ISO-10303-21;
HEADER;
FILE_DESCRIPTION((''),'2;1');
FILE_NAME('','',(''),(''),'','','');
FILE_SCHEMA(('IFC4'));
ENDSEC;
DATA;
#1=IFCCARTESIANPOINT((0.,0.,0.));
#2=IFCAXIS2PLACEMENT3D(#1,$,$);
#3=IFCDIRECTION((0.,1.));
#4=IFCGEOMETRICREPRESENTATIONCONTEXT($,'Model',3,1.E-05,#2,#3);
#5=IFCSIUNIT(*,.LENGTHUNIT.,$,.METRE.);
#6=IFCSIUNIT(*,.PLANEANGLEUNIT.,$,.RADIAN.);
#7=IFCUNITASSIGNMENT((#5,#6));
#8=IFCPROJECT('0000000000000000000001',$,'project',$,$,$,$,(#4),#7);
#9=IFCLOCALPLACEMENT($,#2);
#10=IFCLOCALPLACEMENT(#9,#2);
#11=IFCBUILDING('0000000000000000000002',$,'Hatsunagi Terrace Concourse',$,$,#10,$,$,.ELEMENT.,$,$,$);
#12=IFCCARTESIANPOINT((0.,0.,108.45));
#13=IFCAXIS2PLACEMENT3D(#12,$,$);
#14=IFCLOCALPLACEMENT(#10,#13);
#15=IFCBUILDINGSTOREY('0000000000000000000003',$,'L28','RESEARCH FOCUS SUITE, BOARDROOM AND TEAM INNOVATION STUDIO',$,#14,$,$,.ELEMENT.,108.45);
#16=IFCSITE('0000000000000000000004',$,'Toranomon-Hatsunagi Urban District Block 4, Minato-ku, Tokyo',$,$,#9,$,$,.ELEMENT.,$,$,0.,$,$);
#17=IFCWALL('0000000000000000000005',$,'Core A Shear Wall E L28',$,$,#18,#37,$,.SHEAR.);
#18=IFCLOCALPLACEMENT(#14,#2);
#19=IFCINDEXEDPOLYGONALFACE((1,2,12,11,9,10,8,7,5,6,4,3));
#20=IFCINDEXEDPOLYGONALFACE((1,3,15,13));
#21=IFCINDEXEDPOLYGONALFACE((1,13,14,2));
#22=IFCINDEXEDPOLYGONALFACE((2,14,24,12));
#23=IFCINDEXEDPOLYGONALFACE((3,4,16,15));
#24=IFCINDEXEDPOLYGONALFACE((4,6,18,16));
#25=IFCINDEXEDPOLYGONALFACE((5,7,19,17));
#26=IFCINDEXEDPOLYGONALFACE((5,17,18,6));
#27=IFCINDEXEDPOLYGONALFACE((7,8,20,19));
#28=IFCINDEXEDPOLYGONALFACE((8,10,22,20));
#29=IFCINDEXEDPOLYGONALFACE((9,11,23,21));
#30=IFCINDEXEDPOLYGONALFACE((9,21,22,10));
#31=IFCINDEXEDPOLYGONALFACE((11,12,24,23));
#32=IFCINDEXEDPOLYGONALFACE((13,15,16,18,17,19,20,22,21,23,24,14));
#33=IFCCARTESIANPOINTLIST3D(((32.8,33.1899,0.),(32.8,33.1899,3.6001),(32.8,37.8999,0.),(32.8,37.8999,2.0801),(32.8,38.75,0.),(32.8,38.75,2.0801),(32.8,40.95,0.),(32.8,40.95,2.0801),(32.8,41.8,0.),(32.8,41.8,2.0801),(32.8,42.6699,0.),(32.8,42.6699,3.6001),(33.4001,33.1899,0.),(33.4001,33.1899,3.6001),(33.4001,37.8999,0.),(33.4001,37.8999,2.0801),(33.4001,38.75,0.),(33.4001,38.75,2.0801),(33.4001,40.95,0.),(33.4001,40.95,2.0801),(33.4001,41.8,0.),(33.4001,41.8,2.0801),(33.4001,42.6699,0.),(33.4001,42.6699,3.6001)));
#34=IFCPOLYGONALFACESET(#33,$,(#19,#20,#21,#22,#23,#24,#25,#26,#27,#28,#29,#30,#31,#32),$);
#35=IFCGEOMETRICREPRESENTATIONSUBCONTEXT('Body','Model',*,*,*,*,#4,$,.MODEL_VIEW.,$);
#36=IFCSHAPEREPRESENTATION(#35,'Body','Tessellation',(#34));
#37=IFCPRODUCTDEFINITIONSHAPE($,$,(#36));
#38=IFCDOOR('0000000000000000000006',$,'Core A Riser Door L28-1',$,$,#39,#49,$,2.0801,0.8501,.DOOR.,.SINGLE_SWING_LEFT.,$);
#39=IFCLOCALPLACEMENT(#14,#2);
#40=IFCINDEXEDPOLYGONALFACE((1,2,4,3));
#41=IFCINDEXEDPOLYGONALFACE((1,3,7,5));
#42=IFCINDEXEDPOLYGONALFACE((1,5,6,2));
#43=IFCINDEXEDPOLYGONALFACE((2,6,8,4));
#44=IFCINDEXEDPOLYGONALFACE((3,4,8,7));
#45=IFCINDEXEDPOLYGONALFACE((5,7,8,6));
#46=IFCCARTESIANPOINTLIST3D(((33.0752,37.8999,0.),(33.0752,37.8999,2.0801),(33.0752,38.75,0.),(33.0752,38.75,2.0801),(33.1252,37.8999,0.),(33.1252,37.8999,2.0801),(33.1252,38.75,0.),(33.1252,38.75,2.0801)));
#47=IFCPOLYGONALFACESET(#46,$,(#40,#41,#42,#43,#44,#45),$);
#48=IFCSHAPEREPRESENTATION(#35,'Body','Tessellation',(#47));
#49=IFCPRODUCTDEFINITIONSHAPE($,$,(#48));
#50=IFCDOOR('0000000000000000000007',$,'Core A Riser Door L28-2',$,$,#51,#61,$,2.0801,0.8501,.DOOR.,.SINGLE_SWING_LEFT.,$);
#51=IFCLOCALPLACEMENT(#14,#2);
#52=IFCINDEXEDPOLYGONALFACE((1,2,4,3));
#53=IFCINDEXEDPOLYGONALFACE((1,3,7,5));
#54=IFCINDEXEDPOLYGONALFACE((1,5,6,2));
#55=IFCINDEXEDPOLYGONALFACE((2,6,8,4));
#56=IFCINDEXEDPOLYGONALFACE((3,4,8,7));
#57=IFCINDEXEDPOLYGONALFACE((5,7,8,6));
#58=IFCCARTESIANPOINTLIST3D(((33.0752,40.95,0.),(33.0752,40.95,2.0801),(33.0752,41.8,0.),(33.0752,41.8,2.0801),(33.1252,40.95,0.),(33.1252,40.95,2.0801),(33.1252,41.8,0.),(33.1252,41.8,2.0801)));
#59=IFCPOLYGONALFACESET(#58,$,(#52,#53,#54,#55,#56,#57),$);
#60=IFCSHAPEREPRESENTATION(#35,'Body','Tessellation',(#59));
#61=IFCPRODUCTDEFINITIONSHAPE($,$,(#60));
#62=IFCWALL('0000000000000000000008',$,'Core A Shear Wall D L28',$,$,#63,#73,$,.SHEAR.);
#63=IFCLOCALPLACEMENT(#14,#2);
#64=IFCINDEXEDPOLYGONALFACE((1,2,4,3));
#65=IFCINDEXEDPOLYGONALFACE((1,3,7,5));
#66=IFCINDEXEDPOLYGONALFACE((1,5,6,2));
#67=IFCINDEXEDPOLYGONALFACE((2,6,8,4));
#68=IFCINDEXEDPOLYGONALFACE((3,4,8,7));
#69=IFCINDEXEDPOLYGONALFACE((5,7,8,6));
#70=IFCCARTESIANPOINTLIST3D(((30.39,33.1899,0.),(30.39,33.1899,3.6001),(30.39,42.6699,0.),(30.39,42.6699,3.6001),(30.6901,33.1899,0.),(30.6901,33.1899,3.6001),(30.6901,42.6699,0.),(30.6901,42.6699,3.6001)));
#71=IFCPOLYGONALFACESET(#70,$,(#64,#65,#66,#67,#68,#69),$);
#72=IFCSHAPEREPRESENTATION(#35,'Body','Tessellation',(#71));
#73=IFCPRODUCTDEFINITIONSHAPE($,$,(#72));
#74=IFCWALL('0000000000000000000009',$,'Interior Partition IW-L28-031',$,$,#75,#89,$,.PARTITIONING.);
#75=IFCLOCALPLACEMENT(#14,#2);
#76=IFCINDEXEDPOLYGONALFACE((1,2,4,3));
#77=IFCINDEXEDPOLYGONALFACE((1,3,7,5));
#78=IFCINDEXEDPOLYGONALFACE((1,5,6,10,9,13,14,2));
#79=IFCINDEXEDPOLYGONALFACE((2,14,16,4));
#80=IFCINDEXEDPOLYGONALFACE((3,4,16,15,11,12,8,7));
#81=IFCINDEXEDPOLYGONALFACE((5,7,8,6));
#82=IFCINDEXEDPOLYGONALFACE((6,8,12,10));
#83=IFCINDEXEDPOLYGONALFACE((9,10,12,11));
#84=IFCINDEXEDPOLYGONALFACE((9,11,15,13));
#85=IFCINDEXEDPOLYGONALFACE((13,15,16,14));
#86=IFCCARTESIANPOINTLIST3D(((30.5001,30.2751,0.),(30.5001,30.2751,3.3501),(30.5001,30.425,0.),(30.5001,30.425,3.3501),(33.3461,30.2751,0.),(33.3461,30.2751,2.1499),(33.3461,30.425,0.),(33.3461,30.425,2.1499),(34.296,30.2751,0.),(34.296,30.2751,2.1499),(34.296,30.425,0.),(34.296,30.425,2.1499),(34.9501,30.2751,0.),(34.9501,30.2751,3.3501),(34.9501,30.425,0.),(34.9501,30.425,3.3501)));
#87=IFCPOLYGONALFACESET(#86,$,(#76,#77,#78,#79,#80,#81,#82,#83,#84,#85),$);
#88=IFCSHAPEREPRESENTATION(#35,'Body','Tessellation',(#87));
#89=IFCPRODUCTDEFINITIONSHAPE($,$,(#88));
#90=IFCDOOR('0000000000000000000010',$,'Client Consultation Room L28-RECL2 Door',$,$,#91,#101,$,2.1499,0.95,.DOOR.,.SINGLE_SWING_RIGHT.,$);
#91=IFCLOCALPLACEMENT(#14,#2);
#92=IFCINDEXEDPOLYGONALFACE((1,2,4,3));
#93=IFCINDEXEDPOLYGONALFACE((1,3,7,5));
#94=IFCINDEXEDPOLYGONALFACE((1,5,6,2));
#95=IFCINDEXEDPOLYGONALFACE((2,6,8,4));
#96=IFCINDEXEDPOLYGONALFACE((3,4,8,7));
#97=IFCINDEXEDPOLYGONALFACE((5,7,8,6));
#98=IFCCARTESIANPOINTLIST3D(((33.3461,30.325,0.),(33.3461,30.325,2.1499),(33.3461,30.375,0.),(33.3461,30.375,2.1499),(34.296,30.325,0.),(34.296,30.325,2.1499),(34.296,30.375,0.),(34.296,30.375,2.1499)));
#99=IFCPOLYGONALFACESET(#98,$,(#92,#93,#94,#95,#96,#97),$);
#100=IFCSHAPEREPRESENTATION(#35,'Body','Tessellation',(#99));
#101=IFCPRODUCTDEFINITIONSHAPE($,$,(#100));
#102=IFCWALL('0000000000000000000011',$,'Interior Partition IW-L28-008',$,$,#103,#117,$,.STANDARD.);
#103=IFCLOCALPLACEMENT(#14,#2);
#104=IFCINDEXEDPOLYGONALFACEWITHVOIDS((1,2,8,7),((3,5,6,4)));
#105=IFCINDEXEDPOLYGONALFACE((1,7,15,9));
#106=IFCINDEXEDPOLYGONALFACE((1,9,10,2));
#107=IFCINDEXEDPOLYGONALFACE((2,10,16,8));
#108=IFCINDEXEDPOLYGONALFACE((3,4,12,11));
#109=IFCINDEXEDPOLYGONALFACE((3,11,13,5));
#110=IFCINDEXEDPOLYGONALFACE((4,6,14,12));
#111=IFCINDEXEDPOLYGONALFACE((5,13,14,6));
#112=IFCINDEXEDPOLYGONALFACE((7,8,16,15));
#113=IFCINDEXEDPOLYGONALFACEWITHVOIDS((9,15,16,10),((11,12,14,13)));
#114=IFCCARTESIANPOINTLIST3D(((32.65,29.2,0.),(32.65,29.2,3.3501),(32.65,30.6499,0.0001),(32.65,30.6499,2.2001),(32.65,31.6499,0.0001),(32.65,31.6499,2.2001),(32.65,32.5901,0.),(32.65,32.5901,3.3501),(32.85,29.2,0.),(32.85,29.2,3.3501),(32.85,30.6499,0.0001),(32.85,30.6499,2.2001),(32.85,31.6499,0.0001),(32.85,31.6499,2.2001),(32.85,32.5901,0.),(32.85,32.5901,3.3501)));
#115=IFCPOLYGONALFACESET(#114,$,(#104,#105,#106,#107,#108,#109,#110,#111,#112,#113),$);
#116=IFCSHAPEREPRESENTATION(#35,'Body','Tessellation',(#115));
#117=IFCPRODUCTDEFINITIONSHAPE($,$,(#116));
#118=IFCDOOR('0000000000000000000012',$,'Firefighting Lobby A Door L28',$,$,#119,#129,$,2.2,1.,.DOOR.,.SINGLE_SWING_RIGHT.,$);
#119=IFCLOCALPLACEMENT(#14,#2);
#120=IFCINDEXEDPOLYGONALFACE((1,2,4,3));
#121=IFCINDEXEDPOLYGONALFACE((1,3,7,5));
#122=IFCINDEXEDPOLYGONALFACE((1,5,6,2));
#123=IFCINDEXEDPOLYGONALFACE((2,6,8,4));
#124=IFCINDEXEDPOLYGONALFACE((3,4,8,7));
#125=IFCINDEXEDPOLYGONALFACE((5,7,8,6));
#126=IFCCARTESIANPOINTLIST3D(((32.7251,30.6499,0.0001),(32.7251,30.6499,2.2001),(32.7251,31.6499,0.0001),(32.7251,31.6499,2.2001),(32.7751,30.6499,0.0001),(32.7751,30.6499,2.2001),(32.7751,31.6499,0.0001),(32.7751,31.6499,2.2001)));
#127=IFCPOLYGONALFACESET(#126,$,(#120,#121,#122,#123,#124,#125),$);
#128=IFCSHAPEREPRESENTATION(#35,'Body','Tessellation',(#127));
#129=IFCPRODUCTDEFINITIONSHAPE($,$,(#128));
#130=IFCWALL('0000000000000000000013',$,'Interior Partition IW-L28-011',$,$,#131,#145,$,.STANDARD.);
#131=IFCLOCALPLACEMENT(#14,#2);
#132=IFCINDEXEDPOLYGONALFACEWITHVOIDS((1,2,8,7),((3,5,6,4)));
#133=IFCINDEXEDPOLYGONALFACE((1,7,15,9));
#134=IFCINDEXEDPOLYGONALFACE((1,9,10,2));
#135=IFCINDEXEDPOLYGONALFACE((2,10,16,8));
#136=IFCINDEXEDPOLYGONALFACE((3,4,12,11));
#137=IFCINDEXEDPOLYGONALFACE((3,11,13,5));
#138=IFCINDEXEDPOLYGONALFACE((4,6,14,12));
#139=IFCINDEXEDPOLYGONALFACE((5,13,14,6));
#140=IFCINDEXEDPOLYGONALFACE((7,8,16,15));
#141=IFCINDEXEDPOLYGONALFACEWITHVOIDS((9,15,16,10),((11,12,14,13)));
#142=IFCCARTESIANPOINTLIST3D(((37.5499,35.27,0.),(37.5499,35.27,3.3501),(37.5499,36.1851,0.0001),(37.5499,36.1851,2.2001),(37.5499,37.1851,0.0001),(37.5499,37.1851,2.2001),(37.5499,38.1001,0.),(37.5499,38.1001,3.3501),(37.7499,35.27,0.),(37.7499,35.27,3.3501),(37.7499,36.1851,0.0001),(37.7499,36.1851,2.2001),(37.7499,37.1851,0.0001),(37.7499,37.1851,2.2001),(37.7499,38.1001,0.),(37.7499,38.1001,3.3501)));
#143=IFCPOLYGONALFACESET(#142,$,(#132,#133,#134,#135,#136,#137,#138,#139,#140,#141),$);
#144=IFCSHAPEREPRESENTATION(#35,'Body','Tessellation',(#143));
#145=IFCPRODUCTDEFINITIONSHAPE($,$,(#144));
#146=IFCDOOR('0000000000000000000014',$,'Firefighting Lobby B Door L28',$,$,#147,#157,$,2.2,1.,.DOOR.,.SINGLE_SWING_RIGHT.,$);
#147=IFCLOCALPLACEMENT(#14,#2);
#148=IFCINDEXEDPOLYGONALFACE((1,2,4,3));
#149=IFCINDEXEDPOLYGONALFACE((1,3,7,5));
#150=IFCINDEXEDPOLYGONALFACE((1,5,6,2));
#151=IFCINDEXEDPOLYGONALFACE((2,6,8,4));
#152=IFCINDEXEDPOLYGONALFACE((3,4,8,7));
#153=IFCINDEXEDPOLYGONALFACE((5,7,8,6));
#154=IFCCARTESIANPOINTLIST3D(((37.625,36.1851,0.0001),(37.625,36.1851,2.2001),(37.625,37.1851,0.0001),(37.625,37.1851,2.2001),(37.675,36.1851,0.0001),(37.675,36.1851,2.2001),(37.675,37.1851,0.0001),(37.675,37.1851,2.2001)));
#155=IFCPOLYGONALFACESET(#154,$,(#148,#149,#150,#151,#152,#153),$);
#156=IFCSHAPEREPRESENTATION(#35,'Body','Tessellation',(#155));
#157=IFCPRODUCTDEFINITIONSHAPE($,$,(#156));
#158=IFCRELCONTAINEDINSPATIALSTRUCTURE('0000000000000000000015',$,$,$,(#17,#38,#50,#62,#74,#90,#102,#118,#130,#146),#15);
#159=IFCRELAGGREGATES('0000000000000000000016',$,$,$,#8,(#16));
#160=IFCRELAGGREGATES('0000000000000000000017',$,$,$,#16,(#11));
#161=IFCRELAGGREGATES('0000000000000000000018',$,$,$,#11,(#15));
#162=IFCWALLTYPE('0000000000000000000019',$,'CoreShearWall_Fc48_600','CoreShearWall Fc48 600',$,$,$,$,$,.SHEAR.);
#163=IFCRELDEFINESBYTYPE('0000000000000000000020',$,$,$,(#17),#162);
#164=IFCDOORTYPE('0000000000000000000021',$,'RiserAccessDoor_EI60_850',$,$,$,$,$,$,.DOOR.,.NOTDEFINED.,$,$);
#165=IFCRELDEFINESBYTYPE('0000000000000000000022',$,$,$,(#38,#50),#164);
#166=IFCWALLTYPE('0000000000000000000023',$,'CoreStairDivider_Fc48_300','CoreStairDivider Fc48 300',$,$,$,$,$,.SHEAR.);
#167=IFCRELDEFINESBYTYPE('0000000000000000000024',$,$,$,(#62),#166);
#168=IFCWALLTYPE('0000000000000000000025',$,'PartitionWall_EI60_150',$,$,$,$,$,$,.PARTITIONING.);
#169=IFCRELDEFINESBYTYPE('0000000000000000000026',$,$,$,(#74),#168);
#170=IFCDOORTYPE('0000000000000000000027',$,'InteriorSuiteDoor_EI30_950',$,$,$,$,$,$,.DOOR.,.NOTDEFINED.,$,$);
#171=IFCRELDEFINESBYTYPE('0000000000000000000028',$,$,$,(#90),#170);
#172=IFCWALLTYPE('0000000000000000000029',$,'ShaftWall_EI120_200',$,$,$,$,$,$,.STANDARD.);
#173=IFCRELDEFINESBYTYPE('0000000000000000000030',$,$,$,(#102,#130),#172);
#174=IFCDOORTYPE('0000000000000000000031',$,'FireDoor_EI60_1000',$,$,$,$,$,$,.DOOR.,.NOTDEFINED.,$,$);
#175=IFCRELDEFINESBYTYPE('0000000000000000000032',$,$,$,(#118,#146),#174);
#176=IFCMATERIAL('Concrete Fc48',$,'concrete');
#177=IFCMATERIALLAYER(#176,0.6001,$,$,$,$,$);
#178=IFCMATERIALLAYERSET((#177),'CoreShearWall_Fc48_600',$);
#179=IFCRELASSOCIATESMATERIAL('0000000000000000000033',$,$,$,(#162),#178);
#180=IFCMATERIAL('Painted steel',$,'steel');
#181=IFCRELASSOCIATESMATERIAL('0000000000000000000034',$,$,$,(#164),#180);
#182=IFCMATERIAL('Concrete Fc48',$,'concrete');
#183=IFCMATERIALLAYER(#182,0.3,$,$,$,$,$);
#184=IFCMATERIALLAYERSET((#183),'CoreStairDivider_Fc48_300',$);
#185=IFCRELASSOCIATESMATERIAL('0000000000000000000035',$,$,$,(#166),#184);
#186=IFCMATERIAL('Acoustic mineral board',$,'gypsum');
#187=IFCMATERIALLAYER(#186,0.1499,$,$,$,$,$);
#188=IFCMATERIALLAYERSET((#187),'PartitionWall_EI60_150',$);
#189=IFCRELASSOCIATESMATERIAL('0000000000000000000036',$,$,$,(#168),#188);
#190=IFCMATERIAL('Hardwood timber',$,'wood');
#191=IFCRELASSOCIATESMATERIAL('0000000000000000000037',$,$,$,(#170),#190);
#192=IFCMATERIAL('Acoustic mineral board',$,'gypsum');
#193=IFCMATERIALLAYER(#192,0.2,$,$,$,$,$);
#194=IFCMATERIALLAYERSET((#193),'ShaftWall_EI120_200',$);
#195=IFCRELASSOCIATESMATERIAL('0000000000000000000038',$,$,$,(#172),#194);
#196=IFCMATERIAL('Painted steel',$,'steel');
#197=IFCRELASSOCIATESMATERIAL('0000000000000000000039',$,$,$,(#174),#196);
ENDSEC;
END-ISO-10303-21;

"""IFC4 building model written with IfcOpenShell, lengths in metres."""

from ifc_helpers import new_model, si_unit, direction, frame, frame_2d, origin, place, context, subcontext, project, spatial, rectangle, extrude, material, layer, layer_set, type_object, element, fill, save


model = new_model("IFC4")

# Units and contexts
model_context = context("Model", 3, precision=1e-05, world=origin(), true_north=direction((0.0, 1.0)))
body_context = subcontext(model_context, "Body", "Model", "MODEL_VIEW")
ifc_project = project(units=[si_unit("LENGTHUNIT", "METRE"), si_unit("PLANEANGLEUNIT", "RADIAN")], contexts=[model_context])

# Site, building, storey
site_placement = place(None, origin())
site = spatial("IfcSite", under=ifc_project, at=site_placement, Name="Toranomon-Hatsunagi Urban District Block 4, Minato-ku, Tokyo", CompositionType="ELEMENT", RefElevation=0.0)
building_placement = place(site_placement, origin())
building = spatial("IfcBuilding", under=site, at=building_placement, Name="Hatsunagi Terrace Concourse", CompositionType="ELEMENT")
storey_placement = place(building_placement, frame((0.0, 0.0, 108.45)))
storey = spatial("IfcBuildingStorey", under=building, at=storey_placement, Name="L28", Description="RESEARCH FOCUS SUITE, BOARDROOM AND TEAM INNOVATION STUDIO", CompositionType="ELEMENT", Elevation=108.45)

# Wall, openings, doors
ifc_material_1 = material(Name="Concrete Fc48", Category="concrete")
ifc_layer_1 = layer(ifc_material_1, 0.6001)
ifc_layer_set_1 = layer_set([ifc_layer_1], Name="CoreShearWall_Fc48_600")
wall_type_1 = type_object("IfcWallType", Name="CoreShearWall_Fc48_600", Description="CoreShearWall Fc48 600", PredefinedType="SHEAR", material=ifc_layer_set_1)
wall_1_placement = place(storey_placement, frame((33.1001, 33.1899, 0.0), z_axis=(0.0, 0.0, 1.0), x_axis=(0.0, 1.0, 0.0)))
wall_1 = element("IfcWall", 1, at=wall_1_placement, inside=storey, type_object=wall_type_1, Name="Core A Shear Wall E L28", PredefinedType="SHEAR", context=body_context, shape_type="SweptSolid", body=[
    extrude(rectangle(XDim=9.48, YDim=0.6001, at=frame_2d((4.74, 0.0))), origin(), (0.0, 0.0, 1.0), 3.6001),
])
opening_1_placement = place(wall_1_placement, frame((4.71, 0.0, 0.0)))
opening_1 = element("IfcOpeningElement", 2, at=opening_1_placement, cuts=wall_1, PredefinedType="OPENING", context=body_context, shape_type="SweptSolid", body=[
    extrude(rectangle(XDim=0.8501, YDim=2.0801, at=frame_2d((0.425, 1.04))), frame((0.0, 0.3101, 0.0), z_axis=(0.0, -1.0, 0.0), x_axis=(1.0, 0.0, 0.0)), (0.0, 0.0, 1.0), 0.6201),
])
opening_2_placement = place(wall_1_placement, frame((7.76, 0.0, 0.0)))
opening_2 = element("IfcOpeningElement", 3, at=opening_2_placement, cuts=wall_1, PredefinedType="OPENING", context=body_context, shape_type="SweptSolid", body=[
    extrude(rectangle(XDim=0.8501, YDim=2.0801, at=frame_2d((0.425, 1.04))), frame((0.0, 0.3101, 0.0), z_axis=(0.0, -1.0, 0.0), x_axis=(1.0, 0.0, 0.0)), (0.0, 0.0, 1.0), 0.6201),
])
ifc_material_2 = material(Name="Painted steel", Category="steel")
door_type_1 = type_object("IfcDoorType", Name="RiserAccessDoor_EI60_850", OperationType="NOTDEFINED", PredefinedType="DOOR", material=ifc_material_2)
door_1_placement = place(opening_1_placement, origin())
door_1 = element("IfcDoor", 4, at=door_1_placement, inside=storey, type_object=door_type_1, Name="Core A Riser Door L28-1", OperationType="SINGLE_SWING_LEFT", OverallHeight=2.0801, OverallWidth=0.8501, PredefinedType="DOOR", context=body_context, shape_type="SweptSolid", body=[
    extrude(rectangle(XDim=0.8501, YDim=2.0801, at=frame_2d((0.425, 1.04))), frame((0.0, 0.0249, 0.0), z_axis=(0.0, -1.0, 0.0), x_axis=(1.0, 0.0, 0.0)), (0.0, 0.0, 1.0), 0.05),
])
fill(opening_1, door_1)
door_2_placement = place(opening_2_placement, origin())
door_2 = element("IfcDoor", 5, at=door_2_placement, inside=storey, type_object=door_type_1, Name="Core A Riser Door L28-2", OperationType="SINGLE_SWING_LEFT", OverallHeight=2.0801, OverallWidth=0.8501, PredefinedType="DOOR", context=body_context, shape_type="SweptSolid", body=[
    extrude(rectangle(XDim=0.8501, YDim=2.0801, at=frame_2d((0.425, 1.04))), frame((0.0, 0.0249, 0.0), z_axis=(0.0, -1.0, 0.0), x_axis=(1.0, 0.0, 0.0)), (0.0, 0.0, 1.0), 0.05),
])
fill(opening_2, door_2)

# Wall
ifc_material_3 = material(Name="Concrete Fc48", Category="concrete")
ifc_layer_2 = layer(ifc_material_3, 0.3)
ifc_layer_set_2 = layer_set([ifc_layer_2], Name="CoreStairDivider_Fc48_300")
wall_type_2 = type_object("IfcWallType", Name="CoreStairDivider_Fc48_300", Description="CoreStairDivider Fc48 300", PredefinedType="SHEAR", material=ifc_layer_set_2)
wall_2_placement = place(storey_placement, frame((30.54, 33.1899, 0.0), z_axis=(0.0, 0.0, 1.0), x_axis=(0.0, 1.0, 0.0)))
element("IfcWall", 6, at=wall_2_placement, inside=storey, type_object=wall_type_2, Name="Core A Shear Wall D L28", PredefinedType="SHEAR", context=body_context, shape_type="SweptSolid", body=[
    extrude(rectangle(XDim=9.48, YDim=0.3, at=frame_2d((4.74, 0.0))), origin(), (0.0, 0.0, 1.0), 3.6001),
])

# Walls, openings, doors
ifc_material_4 = material(Name="Acoustic mineral board", Category="gypsum")
ifc_layer_3 = layer(ifc_material_4, 0.1499)
ifc_layer_set_3 = layer_set([ifc_layer_3], Name="PartitionWall_EI60_150")
wall_type_3 = type_object("IfcWallType", Name="PartitionWall_EI60_150", PredefinedType="PARTITIONING", material=ifc_layer_set_3)
wall_3_placement = place(storey_placement, frame((30.5, 30.3501, 0.0), z_axis=(0.0, 0.0, 1.0), x_axis=(1.0, 0.0, 0.0)))
wall_3 = element("IfcWall", 7, at=wall_3_placement, inside=storey, type_object=wall_type_3, Name="Interior Partition IW-L28-031", PredefinedType="PARTITIONING", context=body_context, shape_type="SweptSolid", body=[
    extrude(rectangle(XDim=4.45, YDim=0.1499, at=frame_2d((2.2251, 0.0))), origin(), (0.0, 0.0, 1.0), 3.3501),
])
opening_3_placement = place(wall_3_placement, frame((2.8459, 0.0, 0.0)))
opening_3 = element("IfcOpeningElement", 8, at=opening_3_placement, cuts=wall_3, PredefinedType="OPENING", context=body_context, shape_type="SweptSolid", body=[
    extrude(rectangle(XDim=0.95, YDim=2.1499, at=frame_2d((0.4751, 1.075))), frame((0.0, 0.085, 0.0), z_axis=(0.0, -1.0, 0.0), x_axis=(1.0, 0.0, 0.0)), (0.0, 0.0, 1.0), 0.1699),
])
ifc_material_5 = material(Name="Hardwood timber", Category="wood")
door_type_2 = type_object("IfcDoorType", Name="InteriorSuiteDoor_EI30_950", OperationType="NOTDEFINED", PredefinedType="DOOR", material=ifc_material_5)
door_3_placement = place(opening_3_placement, origin())
door_3 = element("IfcDoor", 9, at=door_3_placement, inside=storey, type_object=door_type_2, Name="Client Consultation Room L28-RECL2 Door", OperationType="SINGLE_SWING_RIGHT", OverallHeight=2.1499, OverallWidth=0.95, PredefinedType="DOOR", context=body_context, shape_type="SweptSolid", body=[
    extrude(rectangle(XDim=0.95, YDim=2.1499, at=frame_2d((0.4751, 1.075))), frame((0.0, 0.0249, 0.0), z_axis=(0.0, -1.0, 0.0), x_axis=(1.0, 0.0, 0.0)), (0.0, 0.0, 1.0), 0.05),
])
fill(opening_3, door_3)
ifc_material_6 = material(Name="Acoustic mineral board", Category="gypsum")
ifc_layer_4 = layer(ifc_material_6, 0.2)
ifc_layer_set_4 = layer_set([ifc_layer_4], Name="ShaftWall_EI120_200")
wall_type_4 = type_object("IfcWallType", Name="ShaftWall_EI120_200", PredefinedType="STANDARD", material=ifc_layer_set_4)
wall_4_placement = place(storey_placement, frame((32.75, 29.2, 0.0), z_axis=(0.0, 0.0, 1.0), x_axis=(0.0, 1.0, 0.0)))
wall_4 = element("IfcWall", 10, at=wall_4_placement, inside=storey, type_object=wall_type_4, Name="Interior Partition IW-L28-008", PredefinedType="STANDARD", context=body_context, shape_type="SweptSolid", body=[
    extrude(rectangle(XDim=3.3901, YDim=0.2, at=frame_2d((1.6951, 0.0))), origin(), (0.0, 0.0, 1.0), 3.3501),
])
opening_4_placement = place(wall_4_placement, frame((1.45, 0.0, 0.0)))
opening_4 = element("IfcOpeningElement", 11, at=opening_4_placement, cuts=wall_4, PredefinedType="OPENING", context=body_context, shape_type="SweptSolid", body=[
    extrude(rectangle(XDim=1.0, YDim=2.2, at=frame_2d((0.5, 1.1001))), frame((0.0, 0.1099, 0.0), z_axis=(0.0, -1.0, 0.0), x_axis=(1.0, 0.0, 0.0)), (0.0, 0.0, 1.0), 0.22),
])
ifc_material_7 = material(Name="Painted steel", Category="steel")
door_type_3 = type_object("IfcDoorType", Name="FireDoor_EI60_1000", OperationType="NOTDEFINED", PredefinedType="DOOR", material=ifc_material_7)
door_4_placement = place(opening_4_placement, origin())
door_4 = element("IfcDoor", 12, at=door_4_placement, inside=storey, type_object=door_type_3, Name="Firefighting Lobby A Door L28", OperationType="SINGLE_SWING_RIGHT", OverallHeight=2.2, OverallWidth=1.0, PredefinedType="DOOR", context=body_context, shape_type="SweptSolid", body=[
    extrude(rectangle(XDim=1.0, YDim=2.2, at=frame_2d((0.5, 1.1001))), frame((0.0, 0.0249, 0.0), z_axis=(0.0, -1.0, 0.0), x_axis=(1.0, 0.0, 0.0)), (0.0, 0.0, 1.0), 0.05),
])
fill(opening_4, door_4)
wall_5_placement = place(storey_placement, frame((37.6499, 35.27, 0.0), z_axis=(0.0, 0.0, 1.0), x_axis=(0.0, 1.0, 0.0)))
wall_5 = element("IfcWall", 13, at=wall_5_placement, inside=storey, type_object=wall_type_4, Name="Interior Partition IW-L28-011", PredefinedType="STANDARD", context=body_context, shape_type="SweptSolid", body=[
    extrude(rectangle(XDim=2.8301, YDim=0.2, at=frame_2d((1.415, 0.0))), origin(), (0.0, 0.0, 1.0), 3.3501),
])
opening_5_placement = place(wall_5_placement, frame((0.915, 0.0, 0.0)))
opening_5 = element("IfcOpeningElement", 14, at=opening_5_placement, cuts=wall_5, PredefinedType="OPENING", context=body_context, shape_type="SweptSolid", body=[
    extrude(rectangle(XDim=1.0, YDim=2.2, at=frame_2d((0.5, 1.1001))), frame((0.0, 0.1099, 0.0), z_axis=(0.0, -1.0, 0.0), x_axis=(1.0, 0.0, 0.0)), (0.0, 0.0, 1.0), 0.22),
])
door_5_placement = place(opening_5_placement, origin())
door_5 = element("IfcDoor", 15, at=door_5_placement, inside=storey, type_object=door_type_3, Name="Firefighting Lobby B Door L28", OperationType="SINGLE_SWING_RIGHT", OverallHeight=2.2, OverallWidth=1.0, PredefinedType="DOOR", context=body_context, shape_type="SweptSolid", body=[
    extrude(rectangle(XDim=1.0, YDim=2.2, at=frame_2d((0.5, 1.1001))), frame((0.0, 0.0249, 0.0), z_axis=(0.0, -1.0, 0.0), x_axis=(1.0, 0.0, 0.0)), (0.0, 0.0, 1.0), 0.05),
])
fill(opening_5, door_5)

save(model, "model.ifc")
